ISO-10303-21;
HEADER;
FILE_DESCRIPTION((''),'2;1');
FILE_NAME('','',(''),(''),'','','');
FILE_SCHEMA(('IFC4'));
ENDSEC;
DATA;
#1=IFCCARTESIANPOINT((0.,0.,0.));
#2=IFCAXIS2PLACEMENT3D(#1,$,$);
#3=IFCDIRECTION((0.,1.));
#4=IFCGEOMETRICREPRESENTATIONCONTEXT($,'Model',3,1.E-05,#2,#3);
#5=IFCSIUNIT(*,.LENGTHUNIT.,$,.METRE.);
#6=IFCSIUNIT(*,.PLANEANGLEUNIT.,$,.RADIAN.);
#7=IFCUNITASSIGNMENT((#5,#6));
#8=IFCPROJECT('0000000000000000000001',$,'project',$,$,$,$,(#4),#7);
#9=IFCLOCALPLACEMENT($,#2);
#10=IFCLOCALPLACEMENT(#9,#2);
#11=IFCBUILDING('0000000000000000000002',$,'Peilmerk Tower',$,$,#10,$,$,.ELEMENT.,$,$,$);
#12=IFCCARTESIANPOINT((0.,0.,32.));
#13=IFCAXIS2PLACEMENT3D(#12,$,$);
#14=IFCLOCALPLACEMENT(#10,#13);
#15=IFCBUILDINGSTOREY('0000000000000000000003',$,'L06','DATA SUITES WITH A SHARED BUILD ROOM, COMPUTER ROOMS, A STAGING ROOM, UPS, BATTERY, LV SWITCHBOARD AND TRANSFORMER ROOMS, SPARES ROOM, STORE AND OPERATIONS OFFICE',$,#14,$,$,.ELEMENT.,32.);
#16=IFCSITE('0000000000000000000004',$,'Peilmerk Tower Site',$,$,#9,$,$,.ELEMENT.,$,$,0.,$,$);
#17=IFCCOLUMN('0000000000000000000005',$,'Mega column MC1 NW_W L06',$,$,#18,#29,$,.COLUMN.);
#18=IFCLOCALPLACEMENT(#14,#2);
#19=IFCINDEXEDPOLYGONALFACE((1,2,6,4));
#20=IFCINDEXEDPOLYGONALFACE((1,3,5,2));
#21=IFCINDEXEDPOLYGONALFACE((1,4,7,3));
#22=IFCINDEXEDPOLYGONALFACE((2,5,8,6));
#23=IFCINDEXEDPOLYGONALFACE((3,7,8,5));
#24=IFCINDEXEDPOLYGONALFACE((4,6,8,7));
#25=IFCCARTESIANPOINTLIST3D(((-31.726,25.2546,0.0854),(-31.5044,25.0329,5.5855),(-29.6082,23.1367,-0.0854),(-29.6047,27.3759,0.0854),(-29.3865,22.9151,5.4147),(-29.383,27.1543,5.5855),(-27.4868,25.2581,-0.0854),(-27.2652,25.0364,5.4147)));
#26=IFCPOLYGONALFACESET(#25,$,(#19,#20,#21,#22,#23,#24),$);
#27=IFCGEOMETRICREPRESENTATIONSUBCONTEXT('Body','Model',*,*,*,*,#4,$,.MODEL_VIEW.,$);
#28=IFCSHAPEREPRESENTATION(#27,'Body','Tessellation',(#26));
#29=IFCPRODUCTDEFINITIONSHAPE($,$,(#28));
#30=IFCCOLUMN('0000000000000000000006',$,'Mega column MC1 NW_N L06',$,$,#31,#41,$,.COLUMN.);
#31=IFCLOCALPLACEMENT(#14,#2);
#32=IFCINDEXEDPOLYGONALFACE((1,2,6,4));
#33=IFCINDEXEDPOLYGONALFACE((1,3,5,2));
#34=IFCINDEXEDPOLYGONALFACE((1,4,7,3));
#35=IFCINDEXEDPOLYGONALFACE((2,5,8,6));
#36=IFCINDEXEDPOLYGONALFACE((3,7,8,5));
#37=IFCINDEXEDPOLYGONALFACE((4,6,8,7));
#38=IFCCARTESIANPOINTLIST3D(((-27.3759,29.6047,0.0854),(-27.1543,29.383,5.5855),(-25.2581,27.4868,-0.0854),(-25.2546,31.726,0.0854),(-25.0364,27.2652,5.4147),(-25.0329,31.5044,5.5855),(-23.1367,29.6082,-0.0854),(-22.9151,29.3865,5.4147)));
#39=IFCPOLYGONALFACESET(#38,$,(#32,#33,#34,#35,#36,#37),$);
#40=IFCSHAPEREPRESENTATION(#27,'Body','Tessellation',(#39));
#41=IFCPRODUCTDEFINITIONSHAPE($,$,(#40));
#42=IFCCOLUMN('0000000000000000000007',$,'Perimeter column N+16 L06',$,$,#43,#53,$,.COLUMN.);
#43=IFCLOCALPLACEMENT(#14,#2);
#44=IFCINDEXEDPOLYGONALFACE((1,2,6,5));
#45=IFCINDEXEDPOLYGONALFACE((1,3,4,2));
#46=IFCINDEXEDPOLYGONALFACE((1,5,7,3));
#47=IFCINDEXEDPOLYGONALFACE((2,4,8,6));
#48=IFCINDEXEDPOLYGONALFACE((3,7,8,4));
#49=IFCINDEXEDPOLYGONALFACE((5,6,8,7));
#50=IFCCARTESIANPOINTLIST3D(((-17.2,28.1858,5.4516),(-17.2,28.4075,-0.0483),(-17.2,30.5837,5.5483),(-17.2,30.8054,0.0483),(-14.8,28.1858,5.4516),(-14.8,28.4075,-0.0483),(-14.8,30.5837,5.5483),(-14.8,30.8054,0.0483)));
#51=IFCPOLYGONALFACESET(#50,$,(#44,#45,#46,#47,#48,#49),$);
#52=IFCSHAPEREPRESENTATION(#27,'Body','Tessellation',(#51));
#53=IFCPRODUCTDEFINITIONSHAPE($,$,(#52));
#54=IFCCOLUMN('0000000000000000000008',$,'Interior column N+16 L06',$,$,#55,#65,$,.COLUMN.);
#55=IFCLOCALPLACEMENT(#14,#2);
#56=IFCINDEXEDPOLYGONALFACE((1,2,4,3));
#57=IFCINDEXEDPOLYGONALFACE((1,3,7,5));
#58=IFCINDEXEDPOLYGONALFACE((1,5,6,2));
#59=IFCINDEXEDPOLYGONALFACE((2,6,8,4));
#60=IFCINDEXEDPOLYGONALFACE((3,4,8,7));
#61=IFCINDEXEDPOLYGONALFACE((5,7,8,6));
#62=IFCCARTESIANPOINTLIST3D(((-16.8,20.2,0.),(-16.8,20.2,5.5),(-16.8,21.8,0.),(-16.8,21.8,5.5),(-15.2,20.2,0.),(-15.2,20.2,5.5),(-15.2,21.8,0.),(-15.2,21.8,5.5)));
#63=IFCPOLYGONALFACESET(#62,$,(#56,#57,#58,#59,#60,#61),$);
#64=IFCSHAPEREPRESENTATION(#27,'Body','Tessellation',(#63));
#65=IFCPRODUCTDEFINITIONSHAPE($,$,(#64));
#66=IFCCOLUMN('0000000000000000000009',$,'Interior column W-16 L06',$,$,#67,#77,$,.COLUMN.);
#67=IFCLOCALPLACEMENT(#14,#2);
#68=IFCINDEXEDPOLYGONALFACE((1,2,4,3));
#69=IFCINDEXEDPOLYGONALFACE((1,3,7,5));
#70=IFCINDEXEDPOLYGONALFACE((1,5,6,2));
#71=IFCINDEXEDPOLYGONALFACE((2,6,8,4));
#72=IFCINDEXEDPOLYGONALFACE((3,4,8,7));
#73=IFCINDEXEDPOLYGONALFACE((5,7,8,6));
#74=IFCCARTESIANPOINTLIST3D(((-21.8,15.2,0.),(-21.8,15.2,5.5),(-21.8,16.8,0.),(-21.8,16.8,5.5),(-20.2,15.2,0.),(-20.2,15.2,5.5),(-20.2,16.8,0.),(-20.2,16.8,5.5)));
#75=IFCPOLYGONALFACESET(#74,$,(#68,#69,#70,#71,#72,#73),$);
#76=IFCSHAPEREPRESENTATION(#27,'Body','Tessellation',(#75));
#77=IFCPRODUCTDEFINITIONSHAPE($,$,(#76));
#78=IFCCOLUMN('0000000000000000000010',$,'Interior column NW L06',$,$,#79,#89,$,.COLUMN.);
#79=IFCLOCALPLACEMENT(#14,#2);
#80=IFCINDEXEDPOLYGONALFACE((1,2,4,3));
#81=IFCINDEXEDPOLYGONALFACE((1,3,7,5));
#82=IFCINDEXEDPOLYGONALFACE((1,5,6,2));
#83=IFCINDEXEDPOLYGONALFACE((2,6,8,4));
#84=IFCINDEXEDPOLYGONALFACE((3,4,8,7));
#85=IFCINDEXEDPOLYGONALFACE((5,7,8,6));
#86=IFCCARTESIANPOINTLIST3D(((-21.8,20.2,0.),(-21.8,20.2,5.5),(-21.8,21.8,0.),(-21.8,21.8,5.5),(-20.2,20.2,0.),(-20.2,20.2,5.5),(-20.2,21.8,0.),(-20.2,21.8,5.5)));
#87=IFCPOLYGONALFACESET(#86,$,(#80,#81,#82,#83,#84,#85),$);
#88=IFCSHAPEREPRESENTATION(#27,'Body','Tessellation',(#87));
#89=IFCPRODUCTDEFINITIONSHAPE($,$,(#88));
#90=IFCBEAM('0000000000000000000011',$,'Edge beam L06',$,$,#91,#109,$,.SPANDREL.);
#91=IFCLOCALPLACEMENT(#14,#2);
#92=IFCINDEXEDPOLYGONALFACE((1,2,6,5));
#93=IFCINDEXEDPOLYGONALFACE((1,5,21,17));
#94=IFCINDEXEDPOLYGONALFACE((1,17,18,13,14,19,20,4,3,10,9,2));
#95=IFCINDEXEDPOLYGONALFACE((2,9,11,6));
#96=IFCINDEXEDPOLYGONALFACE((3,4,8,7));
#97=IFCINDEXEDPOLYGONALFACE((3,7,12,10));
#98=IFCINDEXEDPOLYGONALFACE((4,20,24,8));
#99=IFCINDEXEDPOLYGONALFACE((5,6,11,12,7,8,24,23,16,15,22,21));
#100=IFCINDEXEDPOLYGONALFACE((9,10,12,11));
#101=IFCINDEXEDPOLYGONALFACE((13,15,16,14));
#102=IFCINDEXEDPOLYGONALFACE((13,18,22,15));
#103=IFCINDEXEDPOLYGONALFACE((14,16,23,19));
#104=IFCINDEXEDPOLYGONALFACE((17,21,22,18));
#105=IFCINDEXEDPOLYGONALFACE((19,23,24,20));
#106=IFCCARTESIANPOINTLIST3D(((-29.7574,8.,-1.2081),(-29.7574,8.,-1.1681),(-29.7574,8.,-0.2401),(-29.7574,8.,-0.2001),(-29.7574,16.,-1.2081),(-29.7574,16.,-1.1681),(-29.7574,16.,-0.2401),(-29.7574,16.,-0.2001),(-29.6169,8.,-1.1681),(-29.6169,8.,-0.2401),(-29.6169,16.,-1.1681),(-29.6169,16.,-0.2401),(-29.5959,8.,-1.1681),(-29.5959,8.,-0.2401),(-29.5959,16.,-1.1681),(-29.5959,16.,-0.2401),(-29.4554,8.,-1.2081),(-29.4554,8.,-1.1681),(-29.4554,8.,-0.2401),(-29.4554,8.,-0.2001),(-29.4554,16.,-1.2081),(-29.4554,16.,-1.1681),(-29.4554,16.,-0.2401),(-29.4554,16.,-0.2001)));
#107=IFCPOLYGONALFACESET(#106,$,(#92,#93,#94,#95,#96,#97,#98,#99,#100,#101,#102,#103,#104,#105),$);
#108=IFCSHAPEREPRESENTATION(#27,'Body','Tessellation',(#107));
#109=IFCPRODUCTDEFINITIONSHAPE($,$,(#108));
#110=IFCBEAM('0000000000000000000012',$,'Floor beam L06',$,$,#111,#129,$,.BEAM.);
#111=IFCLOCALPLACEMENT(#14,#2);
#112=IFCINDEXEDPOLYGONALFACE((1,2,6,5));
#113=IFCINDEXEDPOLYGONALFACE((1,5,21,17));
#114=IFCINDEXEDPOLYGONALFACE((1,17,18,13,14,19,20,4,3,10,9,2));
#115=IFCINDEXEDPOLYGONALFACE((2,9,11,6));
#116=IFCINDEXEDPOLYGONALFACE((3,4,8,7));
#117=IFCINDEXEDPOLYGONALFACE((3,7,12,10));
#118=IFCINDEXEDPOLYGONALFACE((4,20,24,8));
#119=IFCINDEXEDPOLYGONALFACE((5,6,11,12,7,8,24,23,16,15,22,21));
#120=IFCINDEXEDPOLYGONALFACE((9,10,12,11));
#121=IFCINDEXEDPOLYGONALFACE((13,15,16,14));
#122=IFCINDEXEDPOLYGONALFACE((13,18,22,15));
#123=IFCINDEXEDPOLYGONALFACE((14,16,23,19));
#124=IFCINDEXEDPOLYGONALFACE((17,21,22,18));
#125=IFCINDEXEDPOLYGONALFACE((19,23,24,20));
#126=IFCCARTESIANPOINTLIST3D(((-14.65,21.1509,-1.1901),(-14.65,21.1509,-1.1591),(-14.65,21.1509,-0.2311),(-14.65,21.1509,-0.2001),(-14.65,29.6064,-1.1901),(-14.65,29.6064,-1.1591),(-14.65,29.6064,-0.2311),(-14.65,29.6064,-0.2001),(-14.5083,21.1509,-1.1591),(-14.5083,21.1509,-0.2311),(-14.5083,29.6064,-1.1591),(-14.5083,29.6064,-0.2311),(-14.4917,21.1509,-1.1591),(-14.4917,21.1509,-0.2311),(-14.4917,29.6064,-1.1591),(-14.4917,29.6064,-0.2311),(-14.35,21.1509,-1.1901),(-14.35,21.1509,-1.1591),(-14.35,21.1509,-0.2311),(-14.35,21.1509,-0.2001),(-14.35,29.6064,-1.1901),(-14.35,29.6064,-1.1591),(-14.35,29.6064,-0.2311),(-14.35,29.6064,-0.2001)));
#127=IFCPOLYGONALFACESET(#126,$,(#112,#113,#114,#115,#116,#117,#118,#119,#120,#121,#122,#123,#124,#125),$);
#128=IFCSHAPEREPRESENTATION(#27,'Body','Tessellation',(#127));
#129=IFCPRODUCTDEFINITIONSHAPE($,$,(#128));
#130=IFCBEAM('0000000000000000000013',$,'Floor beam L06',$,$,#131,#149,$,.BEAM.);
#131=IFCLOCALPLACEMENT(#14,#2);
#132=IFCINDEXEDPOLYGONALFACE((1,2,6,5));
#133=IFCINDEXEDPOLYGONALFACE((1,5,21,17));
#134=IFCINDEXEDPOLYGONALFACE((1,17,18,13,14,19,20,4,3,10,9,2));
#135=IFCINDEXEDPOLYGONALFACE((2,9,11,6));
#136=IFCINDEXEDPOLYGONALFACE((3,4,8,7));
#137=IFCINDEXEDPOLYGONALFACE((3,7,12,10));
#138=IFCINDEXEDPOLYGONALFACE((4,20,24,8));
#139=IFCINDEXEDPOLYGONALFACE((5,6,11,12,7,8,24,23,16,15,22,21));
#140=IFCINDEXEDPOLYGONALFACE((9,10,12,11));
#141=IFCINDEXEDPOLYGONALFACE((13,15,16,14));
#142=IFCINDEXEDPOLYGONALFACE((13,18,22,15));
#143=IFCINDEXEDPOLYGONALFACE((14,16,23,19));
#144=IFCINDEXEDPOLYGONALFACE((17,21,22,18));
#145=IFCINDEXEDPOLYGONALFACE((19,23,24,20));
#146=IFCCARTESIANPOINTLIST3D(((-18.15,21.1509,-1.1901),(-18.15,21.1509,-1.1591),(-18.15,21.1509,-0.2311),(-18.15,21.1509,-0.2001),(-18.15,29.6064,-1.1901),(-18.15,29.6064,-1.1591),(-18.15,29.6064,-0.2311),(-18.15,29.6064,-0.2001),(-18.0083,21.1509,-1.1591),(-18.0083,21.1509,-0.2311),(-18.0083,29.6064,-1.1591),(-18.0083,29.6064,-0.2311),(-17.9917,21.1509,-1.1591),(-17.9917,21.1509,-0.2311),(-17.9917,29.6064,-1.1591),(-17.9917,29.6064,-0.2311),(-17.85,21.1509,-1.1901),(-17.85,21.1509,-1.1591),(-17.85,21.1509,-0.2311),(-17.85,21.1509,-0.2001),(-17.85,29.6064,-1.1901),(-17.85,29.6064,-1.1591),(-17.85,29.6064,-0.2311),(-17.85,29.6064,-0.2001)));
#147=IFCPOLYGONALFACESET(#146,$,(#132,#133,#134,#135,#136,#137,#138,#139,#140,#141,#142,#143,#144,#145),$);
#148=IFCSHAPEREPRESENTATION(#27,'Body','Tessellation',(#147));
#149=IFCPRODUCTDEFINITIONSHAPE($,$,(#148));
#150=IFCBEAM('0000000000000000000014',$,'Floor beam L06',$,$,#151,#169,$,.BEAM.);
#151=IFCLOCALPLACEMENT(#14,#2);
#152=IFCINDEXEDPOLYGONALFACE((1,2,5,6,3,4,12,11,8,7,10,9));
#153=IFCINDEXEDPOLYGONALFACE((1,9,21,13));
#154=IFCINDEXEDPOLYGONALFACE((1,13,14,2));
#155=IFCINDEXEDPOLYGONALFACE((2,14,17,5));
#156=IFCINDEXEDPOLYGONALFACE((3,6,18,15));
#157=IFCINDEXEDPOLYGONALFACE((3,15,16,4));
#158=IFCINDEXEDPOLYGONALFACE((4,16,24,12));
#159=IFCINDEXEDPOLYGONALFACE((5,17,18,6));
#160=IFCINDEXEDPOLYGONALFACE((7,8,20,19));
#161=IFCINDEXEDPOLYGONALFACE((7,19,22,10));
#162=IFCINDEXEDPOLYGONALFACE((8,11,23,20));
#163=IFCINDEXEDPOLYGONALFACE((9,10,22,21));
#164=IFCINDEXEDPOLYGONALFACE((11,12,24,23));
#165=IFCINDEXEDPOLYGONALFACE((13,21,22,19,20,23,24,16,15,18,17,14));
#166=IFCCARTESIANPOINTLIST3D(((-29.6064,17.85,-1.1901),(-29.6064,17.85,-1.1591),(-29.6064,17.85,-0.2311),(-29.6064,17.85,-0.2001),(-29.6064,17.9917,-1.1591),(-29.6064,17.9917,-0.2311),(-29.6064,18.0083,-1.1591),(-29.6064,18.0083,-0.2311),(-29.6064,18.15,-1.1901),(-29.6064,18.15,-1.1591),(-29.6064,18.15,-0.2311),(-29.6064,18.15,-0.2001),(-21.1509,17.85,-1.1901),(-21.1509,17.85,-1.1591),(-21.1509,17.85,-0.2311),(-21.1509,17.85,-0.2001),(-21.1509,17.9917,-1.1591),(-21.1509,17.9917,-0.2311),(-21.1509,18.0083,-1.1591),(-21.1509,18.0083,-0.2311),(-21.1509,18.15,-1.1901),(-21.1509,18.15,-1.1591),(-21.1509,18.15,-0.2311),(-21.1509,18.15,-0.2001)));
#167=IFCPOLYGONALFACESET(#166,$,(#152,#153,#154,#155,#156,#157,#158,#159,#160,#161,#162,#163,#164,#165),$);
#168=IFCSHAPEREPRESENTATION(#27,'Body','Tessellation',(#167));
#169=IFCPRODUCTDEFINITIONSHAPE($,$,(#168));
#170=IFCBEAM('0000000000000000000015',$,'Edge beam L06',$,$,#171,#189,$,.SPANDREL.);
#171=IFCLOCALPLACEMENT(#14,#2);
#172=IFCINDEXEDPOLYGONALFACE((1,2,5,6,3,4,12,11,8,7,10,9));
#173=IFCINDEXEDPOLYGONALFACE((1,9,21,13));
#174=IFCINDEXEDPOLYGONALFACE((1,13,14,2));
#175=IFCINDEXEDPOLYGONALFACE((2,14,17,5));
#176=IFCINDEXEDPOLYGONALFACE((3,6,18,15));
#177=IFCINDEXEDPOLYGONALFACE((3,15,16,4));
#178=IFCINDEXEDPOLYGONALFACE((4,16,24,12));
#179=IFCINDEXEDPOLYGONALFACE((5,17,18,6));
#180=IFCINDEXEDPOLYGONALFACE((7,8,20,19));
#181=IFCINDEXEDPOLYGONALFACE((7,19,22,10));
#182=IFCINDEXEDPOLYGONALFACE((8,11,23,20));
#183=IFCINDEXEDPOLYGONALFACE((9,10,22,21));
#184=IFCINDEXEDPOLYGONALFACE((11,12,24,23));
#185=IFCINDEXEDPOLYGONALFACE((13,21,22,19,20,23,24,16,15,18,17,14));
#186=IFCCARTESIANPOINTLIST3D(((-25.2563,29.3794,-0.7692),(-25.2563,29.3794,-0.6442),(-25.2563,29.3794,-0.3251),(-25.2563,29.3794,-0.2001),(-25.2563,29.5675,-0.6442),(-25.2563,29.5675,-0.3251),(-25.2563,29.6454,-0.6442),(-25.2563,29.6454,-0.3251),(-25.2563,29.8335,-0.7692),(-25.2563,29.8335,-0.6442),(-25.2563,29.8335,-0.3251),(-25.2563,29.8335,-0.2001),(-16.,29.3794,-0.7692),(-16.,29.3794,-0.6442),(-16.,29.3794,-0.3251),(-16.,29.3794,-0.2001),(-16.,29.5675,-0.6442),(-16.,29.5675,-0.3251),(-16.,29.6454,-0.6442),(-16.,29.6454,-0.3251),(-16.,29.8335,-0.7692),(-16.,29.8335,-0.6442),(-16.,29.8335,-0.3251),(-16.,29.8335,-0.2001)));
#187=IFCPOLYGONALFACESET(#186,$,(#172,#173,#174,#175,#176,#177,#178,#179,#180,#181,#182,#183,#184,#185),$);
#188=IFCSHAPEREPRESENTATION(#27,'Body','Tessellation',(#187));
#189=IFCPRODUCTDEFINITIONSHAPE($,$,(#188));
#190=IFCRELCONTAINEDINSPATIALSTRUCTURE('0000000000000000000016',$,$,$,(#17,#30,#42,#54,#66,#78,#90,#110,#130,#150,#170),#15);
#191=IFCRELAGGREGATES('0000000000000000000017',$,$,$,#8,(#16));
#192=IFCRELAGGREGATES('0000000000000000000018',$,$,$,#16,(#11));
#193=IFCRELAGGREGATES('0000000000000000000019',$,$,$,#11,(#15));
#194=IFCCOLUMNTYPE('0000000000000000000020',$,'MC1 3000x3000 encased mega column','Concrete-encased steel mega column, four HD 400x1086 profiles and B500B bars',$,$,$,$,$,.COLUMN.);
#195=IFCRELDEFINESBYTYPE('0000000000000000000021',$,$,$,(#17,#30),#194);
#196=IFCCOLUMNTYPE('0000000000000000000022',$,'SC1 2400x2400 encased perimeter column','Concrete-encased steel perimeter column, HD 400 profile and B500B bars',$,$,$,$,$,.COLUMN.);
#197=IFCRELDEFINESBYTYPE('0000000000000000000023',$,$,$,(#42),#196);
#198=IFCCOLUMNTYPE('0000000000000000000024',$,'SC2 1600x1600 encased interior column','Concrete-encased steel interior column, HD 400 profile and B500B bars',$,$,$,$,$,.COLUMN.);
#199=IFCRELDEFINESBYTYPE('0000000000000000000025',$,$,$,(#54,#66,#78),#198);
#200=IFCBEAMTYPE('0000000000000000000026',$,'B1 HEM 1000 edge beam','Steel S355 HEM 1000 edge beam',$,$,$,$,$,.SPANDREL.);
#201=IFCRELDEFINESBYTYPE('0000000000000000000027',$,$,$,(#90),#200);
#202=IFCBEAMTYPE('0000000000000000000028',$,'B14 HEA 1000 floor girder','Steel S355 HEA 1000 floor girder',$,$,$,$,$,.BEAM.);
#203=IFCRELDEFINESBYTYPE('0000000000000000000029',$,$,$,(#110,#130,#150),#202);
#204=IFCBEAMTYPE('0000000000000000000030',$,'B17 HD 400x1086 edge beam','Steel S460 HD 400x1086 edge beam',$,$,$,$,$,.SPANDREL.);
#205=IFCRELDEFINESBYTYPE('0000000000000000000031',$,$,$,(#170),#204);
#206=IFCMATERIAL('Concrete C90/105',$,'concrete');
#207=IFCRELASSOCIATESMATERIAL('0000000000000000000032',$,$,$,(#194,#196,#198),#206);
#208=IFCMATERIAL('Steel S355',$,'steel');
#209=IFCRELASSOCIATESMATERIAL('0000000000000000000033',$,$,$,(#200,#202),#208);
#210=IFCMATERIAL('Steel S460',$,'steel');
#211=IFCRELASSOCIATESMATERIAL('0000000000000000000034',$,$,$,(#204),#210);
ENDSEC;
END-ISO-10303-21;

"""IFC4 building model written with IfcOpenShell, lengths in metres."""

from ifc_helpers import new_model, si_unit, direction, frame, origin, origin_2d, place, context, subcontext, project, spatial, rectangle, i_section, extrude, material, material_profile, profile_set, type_object, element, save


model = new_model("IFC4")

# Units and contexts
model_context = context("Model", 3, precision=1e-05, world=origin(), true_north=direction((0.0, 1.0)))
body_context = subcontext(model_context, "Body", "Model", "MODEL_VIEW")
ifc_project = project(units=[si_unit("LENGTHUNIT", "METRE"), si_unit("PLANEANGLEUNIT", "RADIAN")], contexts=[model_context])

# Site, building, storey
site_placement = place(None, origin())
site = spatial("IfcSite", under=ifc_project, at=site_placement, Name="Peilmerk Tower Site", CompositionType="ELEMENT", RefElevation=0.0)
building_placement = place(site_placement, origin())
building = spatial("IfcBuilding", under=site, at=building_placement, Name="Peilmerk Tower", CompositionType="ELEMENT")
storey_placement = place(building_placement, frame((0.0, 0.0, 32.0)))
storey = spatial("IfcBuildingStorey", under=building, at=storey_placement, Name="L06", Description="DATA SUITES WITH A SHARED BUILD ROOM, COMPUTER ROOMS, A STAGING ROOM, UPS, BATTERY, LV SWITCHBOARD AND TRANSFORMER ROOMS, SPARES ROOM, STORE AND OPERATIONS OFFICE", CompositionType="ELEMENT", Elevation=32.0)

# Columns
ifc_material_1 = material(Name="Concrete C90/105", Category="concrete")
ifc_material_profile_1 = material_profile(ifc_material_1, rectangle(XDim=3.0, YDim=3.0, at=origin_2d()), Name="RC 3000x3000")
ifc_profile_set_1 = profile_set([ifc_material_profile_1], Name="Concrete C90/105")
column_type_1 = type_object("IfcColumnType", Name="MC1 3000x3000 encased mega column", Description="Concrete-encased steel mega column, four HD 400x1086 profiles and B500B bars", PredefinedType="COLUMN", material=ifc_profile_set_1)
for number, where, z_axis, x_axis, name in (
    (1, (-29.6064, 25.2563, 0.0), (0.04024, -0.04024, 0.998379), (0.707107, 0.707107, 0.0), "Mega column MC1 NW_W L06"),
    (2, (-25.2563, 29.6064, 0.0), (0.04024, -0.04024, 0.998379), (0.707107, 0.707107, 0.0), "Mega column MC1 NW_N L06"),
):
    element("IfcColumn", number, at=place(storey_placement, frame(where, z_axis=z_axis, x_axis=x_axis)), inside=storey, type_object=column_type_1, Name=name, PredefinedType="COLUMN", context=body_context, shape_type="SweptSolid", body=[
        extrude(rectangle(XDim=3.0, YDim=3.0, at=origin_2d()), origin(), (0.0, 0.0, 1.0), 5.509),
    ])
ifc_material_profile_2 = material_profile(ifc_material_1, rectangle(XDim=2.3999, YDim=2.3999, at=origin_2d()), Name="RC 2400x2400")
ifc_profile_set_2 = profile_set([ifc_material_profile_2], Name="Concrete C90/105")
column_type_2 = type_object("IfcColumnType", Name="SC1 2400x2400 encased perimeter column", Description="Concrete-encased steel perimeter column, HD 400 profile and B500B bars", PredefinedType="COLUMN", material=ifc_profile_set_2)
column_placement = place(storey_placement, frame((-16.0, 29.6064, 0.0), z_axis=(0.0, -0.040273, 0.999189), x_axis=(1.0, 0.0, 0.0)))
element("IfcColumn", 3, at=column_placement, inside=storey, type_object=column_type_2, Name="Perimeter column N+16 L06", PredefinedType="COLUMN", context=body_context, shape_type="SweptSolid", body=[
    extrude(rectangle(XDim=2.3999, YDim=2.3999, at=origin_2d()), origin(), (0.0, 0.0, 1.0), 5.5044),
])
ifc_material_profile_3 = material_profile(ifc_material_1, rectangle(XDim=1.6001, YDim=1.6001, at=origin_2d()), Name="RC 1600x1600")
ifc_profile_set_3 = profile_set([ifc_material_profile_3], Name="Concrete C90/105")
column_type_3 = type_object("IfcColumnType", Name="SC2 1600x1600 encased interior column", Description="Concrete-encased steel interior column, HD 400 profile and B500B bars", PredefinedType="COLUMN", material=ifc_profile_set_3)
for number, where, z_axis, x_axis, name in (
    (4, (-16.0, 21.0, 0.0), (0.0, 0.0, 1.0), (1.0, 0.0, 0.0), "Interior column N+16 L06"),
    (5, (-21.0, 16.0, 0.0), (0.0, 0.0, 1.0), (1.0, 0.0, 0.0), "Interior column W-16 L06"),
    (6, (-21.0, 21.0, 0.0), (0.0, 0.0, 1.0), (1.0, 0.0, 0.0), "Interior column NW L06"),
):
    element("IfcColumn", number, at=place(storey_placement, frame(where, z_axis=z_axis, x_axis=x_axis)), inside=storey, type_object=column_type_3, Name=name, PredefinedType="COLUMN", context=body_context, shape_type="SweptSolid", body=[
        extrude(rectangle(XDim=1.6001, YDim=1.6001, at=origin_2d()), origin(), (0.0, 0.0, 1.0), 5.5),
    ])

# Beams
ifc_material_2 = material(Name="Steel S355", Category="steel")
ifc_material_profile_4 = material_profile(ifc_material_2, i_section(OverallWidth=0.302, OverallDepth=1.0081, WebThickness=0.021, FlangeThickness=0.04, at=origin_2d()), Name="HEM 1000")
ifc_profile_set_4 = profile_set([ifc_material_profile_4], Name="Steel S355")
beam_type_1 = type_object("IfcBeamType", Name="B1 HEM 1000 edge beam", Description="Steel S355 HEM 1000 edge beam", PredefinedType="SPANDREL", material=ifc_profile_set_4)
beam_1_placement = place(storey_placement, frame((-29.6064, 16.0, -0.7041), z_axis=(0.0, -1.0, 0.0), x_axis=(1.0, 0.0, 0.0)))
element("IfcBeam", 7, at=beam_1_placement, inside=storey, type_object=beam_type_1, Name="Edge beam L06", PredefinedType="SPANDREL", context=body_context, shape_type="SweptSolid", body=[
    extrude(i_section(OverallWidth=0.302, OverallDepth=1.0081, WebThickness=0.021, FlangeThickness=0.04, at=origin_2d()), origin(), (0.0, 0.0, 1.0), 8.0),
])
ifc_material_profile_5 = material_profile(ifc_material_2, i_section(OverallWidth=0.3, OverallDepth=0.99, WebThickness=0.0166, FlangeThickness=0.031, at=origin_2d()), Name="HEA 1000")
ifc_profile_set_5 = profile_set([ifc_material_profile_5], Name="Steel S355")
beam_type_2 = type_object("IfcBeamType", Name="B14 HEA 1000 floor girder", Description="Steel S355 HEA 1000 floor girder", PredefinedType="BEAM", material=ifc_profile_set_5)
for number, where, z_axis, x_axis, name in (
    (8, (-14.5, 21.1509, -0.6951), (0.0, 1.0, 0.0), (-1.0, 0.0, 0.0), "Floor beam L06"),
    (9, (-18.0, 21.1509, -0.6951), (0.0, 1.0, 0.0), (-1.0, 0.0, 0.0), "Floor beam L06"),
    (10, (-21.1509, 18.0, -0.6951), (-1.0, 0.0, 0.0), (0.0, -1.0, 0.0), "Floor beam L06"),
):
    element("IfcBeam", number, at=place(storey_placement, frame(where, z_axis=z_axis, x_axis=x_axis)), inside=storey, type_object=beam_type_2, Name=name, PredefinedType="BEAM", context=body_context, shape_type="SweptSolid", body=[
        extrude(i_section(OverallWidth=0.3, OverallDepth=0.99, WebThickness=0.0166, FlangeThickness=0.031, at=origin_2d()), origin(), (0.0, 0.0, 1.0), 8.4556),
    ])
ifc_material_3 = material(Name="Steel S460", Category="steel")
ifc_material_profile_6 = material_profile(ifc_material_3, i_section(OverallWidth=0.4541, OverallDepth=0.5691, WebThickness=0.0779, FlangeThickness=0.125, at=origin_2d()), Name="HD 400x1086")
ifc_profile_set_6 = profile_set([ifc_material_profile_6], Name="Steel S460")
beam_type_3 = type_object("IfcBeamType", Name="B17 HD 400x1086 edge beam", Description="Steel S460 HD 400x1086 edge beam", PredefinedType="SPANDREL", material=ifc_profile_set_6)
for number, where, z_axis, x_axis, name in (
    (11, (-16.0, 29.6064, -0.4846), (-1.0, 0.0, 0.0), (0.0, -1.0, 0.0), "Edge beam L06"),
):
    element("IfcBeam", number, at=place(storey_placement, frame(where, z_axis=z_axis, x_axis=x_axis)), inside=storey, type_object=beam_type_3, Name=name, PredefinedType="SPANDREL", context=body_context, shape_type="SweptSolid", body=[
        extrude(i_section(OverallWidth=0.4541, OverallDepth=0.5691, WebThickness=0.0779, FlangeThickness=0.125, at=origin_2d()), origin(), (0.0, 0.0, 1.0), 9.2563),
    ])

save(model, "model.ifc")
